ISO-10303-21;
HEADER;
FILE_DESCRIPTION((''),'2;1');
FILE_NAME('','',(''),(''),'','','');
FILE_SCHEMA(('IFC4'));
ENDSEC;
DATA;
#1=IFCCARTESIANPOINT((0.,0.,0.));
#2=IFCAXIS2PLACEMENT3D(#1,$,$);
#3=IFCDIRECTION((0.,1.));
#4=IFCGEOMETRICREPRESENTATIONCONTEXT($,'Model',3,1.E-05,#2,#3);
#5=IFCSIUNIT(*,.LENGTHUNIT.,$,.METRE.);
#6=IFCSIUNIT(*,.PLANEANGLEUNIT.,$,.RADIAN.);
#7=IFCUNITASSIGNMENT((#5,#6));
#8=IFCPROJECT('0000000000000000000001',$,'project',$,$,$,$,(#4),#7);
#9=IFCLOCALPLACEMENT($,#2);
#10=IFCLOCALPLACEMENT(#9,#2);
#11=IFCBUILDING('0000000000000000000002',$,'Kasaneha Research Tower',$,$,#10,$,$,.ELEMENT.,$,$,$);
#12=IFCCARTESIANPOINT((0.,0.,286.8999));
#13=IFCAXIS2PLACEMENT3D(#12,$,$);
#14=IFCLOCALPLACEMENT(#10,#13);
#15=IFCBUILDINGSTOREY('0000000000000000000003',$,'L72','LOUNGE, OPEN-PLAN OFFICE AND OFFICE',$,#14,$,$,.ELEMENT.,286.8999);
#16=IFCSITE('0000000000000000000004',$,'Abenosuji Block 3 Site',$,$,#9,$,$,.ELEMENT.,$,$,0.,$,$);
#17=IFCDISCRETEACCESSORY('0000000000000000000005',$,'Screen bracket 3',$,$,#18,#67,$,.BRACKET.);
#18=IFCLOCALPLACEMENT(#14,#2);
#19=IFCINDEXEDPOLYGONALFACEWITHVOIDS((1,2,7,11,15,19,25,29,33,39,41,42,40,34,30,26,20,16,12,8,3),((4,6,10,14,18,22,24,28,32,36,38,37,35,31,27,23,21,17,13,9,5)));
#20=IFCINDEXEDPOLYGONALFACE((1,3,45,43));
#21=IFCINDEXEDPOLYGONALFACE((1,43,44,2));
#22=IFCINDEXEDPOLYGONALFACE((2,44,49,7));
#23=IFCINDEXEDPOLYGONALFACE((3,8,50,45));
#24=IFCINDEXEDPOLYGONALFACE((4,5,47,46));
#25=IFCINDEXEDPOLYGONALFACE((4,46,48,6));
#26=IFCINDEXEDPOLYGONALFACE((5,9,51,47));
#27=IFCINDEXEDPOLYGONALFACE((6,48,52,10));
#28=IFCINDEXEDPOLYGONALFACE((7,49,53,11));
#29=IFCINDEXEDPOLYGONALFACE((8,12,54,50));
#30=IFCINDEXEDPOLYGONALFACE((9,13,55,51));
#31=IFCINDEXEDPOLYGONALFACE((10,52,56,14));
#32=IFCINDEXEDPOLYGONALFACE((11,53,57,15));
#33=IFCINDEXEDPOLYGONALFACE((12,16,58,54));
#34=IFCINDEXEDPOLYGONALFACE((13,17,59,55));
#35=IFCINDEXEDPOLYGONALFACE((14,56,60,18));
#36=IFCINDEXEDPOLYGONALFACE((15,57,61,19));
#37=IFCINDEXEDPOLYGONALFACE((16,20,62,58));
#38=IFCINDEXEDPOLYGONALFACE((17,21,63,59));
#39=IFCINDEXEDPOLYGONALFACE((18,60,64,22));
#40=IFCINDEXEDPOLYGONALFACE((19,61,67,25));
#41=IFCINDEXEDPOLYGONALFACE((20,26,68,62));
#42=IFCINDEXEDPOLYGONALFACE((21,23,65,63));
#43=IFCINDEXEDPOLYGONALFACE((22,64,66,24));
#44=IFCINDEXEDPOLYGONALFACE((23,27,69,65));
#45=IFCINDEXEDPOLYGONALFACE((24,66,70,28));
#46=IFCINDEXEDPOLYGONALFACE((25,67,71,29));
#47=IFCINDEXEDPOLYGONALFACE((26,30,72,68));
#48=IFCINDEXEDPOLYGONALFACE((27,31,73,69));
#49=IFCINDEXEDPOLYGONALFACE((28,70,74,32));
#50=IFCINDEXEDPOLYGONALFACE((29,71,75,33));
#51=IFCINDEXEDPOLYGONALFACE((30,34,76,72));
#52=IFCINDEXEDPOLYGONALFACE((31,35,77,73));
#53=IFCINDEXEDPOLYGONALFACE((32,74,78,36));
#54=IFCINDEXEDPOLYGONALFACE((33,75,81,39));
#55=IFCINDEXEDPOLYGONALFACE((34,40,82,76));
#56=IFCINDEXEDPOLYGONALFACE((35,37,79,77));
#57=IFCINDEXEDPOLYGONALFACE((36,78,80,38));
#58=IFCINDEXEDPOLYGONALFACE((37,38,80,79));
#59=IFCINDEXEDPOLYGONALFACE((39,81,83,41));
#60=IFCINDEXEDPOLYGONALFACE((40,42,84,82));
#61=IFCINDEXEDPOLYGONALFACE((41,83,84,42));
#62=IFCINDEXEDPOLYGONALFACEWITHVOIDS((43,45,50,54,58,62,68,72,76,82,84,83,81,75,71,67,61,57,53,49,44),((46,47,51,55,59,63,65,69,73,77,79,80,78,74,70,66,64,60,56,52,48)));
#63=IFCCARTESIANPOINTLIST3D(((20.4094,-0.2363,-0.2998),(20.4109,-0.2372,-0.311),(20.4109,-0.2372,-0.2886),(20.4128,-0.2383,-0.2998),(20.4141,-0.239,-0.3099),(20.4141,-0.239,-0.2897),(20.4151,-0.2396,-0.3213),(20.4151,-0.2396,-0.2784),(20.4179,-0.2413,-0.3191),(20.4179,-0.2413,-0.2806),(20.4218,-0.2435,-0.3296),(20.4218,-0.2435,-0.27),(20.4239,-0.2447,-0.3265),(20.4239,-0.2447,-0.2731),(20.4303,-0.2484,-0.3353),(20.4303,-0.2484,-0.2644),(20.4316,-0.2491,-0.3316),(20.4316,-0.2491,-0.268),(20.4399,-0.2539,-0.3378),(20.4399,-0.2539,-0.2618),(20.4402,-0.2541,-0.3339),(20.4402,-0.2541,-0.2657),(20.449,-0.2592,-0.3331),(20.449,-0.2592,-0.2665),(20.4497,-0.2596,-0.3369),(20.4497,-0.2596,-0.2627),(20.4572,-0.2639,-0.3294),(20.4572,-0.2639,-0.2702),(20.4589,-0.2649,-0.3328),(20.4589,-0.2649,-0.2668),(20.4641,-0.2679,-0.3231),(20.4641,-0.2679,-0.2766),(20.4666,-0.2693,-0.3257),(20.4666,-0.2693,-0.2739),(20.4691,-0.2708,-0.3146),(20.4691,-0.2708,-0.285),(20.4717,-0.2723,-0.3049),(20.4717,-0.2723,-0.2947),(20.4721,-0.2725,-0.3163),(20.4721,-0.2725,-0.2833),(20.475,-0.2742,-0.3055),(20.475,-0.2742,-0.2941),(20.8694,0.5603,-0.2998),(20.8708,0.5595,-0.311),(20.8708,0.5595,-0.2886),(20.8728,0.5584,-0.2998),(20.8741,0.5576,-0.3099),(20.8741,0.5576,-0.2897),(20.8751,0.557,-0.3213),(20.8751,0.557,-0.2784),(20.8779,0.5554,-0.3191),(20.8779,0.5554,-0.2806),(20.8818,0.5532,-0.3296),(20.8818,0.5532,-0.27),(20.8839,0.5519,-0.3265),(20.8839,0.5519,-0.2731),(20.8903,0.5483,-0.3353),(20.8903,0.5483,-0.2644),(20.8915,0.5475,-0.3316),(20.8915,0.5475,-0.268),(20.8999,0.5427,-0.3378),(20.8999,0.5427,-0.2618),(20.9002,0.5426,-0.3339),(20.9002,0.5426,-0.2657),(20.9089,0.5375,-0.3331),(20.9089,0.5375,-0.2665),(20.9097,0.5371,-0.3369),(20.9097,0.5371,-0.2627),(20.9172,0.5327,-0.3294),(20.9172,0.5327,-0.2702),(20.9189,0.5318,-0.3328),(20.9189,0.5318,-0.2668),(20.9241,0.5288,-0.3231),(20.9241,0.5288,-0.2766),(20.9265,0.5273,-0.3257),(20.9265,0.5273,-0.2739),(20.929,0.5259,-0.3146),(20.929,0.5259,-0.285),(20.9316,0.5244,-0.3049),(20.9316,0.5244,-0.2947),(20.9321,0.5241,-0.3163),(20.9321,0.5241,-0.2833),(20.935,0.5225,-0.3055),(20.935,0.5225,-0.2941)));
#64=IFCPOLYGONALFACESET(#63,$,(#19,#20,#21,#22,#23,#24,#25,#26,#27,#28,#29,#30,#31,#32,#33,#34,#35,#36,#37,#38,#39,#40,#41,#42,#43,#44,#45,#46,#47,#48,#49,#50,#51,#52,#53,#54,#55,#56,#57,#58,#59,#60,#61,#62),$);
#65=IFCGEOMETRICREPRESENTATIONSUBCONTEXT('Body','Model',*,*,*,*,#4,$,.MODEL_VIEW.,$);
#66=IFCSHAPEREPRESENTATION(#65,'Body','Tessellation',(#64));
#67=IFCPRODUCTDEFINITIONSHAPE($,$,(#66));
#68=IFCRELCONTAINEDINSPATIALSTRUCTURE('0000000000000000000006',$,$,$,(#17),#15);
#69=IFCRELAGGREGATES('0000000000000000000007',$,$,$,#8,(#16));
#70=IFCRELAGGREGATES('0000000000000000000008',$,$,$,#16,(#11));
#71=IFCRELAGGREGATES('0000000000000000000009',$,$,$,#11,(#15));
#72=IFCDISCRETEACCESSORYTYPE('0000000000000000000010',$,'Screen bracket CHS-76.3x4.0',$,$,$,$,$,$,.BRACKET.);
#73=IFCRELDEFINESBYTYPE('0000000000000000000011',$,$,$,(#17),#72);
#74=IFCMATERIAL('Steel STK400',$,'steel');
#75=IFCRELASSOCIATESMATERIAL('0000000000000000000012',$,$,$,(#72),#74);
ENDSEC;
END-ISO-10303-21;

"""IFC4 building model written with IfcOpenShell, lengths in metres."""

from ifc_helpers import new_model, si_unit, direction, frame, origin, origin_2d, place, context, subcontext, project, spatial, hollow_circle, extrude, material, material_profile, profile_set, type_object, element, save


model = new_model("IFC4")

# Units and contexts
model_context = context("Model", 3, precision=1e-05, world=origin(), true_north=direction((0.0, 1.0)))
body_context = subcontext(model_context, "Body", "Model", "MODEL_VIEW")
ifc_project = project(units=[si_unit("LENGTHUNIT", "METRE"), si_unit("PLANEANGLEUNIT", "RADIAN")], contexts=[model_context])

# Site, building, storey
site_placement = place(None, origin())
site = spatial("IfcSite", under=ifc_project, at=site_placement, Name="Abenosuji Block 3 Site", CompositionType="ELEMENT", RefElevation=0.0)
building_placement = place(site_placement, origin())
building = spatial("IfcBuilding", under=site, at=building_placement, Name="Kasaneha Research Tower", CompositionType="ELEMENT")
storey_placement = place(building_placement, frame((0.0, 0.0, 286.8999)))
storey = spatial("IfcBuildingStorey", under=building, at=storey_placement, Name="L72", Description="LOUNGE, OPEN-PLAN OFFICE AND OFFICE", CompositionType="ELEMENT", Elevation=286.8999)

# Discrete accessory
ifc_material_1 = material(Name="Steel STK400", Category="steel")
ifc_material_profile_1 = material_profile(ifc_material_1, hollow_circle(Radius=0.0381, WallThickness=0.0039, at=origin_2d()), Name="CHS-76.3x4.0")
ifc_profile_set_1 = profile_set([ifc_material_profile_1], Name="Steel STK400")
discrete_accessory_type = type_object("IfcDiscreteAccessoryType", Name="Screen bracket CHS-76.3x4.0", PredefinedType="BRACKET", material=ifc_profile_set_1)
for number, where, z_axis, x_axis, name in (
    (1, (20.4424, -0.2554, -0.2998), (0.500021, 0.866013, 0.0), (-0.866013, 0.500021, 0.0), "Screen bracket 3"),
):
    element("IfcDiscreteAccessory", number, at=place(storey_placement, frame(where, z_axis=z_axis, x_axis=x_axis)), inside=storey, type_object=discrete_accessory_type, Name=name, PredefinedType="BRACKET", context=body_context, shape_type="SweptSolid", body=[
        extrude(hollow_circle(Radius=0.0381, WallThickness=0.0039, at=origin_2d()), origin(), (0.0, 0.0, 1.0), 0.9199),
    ])

save(model, "model.ifc")
